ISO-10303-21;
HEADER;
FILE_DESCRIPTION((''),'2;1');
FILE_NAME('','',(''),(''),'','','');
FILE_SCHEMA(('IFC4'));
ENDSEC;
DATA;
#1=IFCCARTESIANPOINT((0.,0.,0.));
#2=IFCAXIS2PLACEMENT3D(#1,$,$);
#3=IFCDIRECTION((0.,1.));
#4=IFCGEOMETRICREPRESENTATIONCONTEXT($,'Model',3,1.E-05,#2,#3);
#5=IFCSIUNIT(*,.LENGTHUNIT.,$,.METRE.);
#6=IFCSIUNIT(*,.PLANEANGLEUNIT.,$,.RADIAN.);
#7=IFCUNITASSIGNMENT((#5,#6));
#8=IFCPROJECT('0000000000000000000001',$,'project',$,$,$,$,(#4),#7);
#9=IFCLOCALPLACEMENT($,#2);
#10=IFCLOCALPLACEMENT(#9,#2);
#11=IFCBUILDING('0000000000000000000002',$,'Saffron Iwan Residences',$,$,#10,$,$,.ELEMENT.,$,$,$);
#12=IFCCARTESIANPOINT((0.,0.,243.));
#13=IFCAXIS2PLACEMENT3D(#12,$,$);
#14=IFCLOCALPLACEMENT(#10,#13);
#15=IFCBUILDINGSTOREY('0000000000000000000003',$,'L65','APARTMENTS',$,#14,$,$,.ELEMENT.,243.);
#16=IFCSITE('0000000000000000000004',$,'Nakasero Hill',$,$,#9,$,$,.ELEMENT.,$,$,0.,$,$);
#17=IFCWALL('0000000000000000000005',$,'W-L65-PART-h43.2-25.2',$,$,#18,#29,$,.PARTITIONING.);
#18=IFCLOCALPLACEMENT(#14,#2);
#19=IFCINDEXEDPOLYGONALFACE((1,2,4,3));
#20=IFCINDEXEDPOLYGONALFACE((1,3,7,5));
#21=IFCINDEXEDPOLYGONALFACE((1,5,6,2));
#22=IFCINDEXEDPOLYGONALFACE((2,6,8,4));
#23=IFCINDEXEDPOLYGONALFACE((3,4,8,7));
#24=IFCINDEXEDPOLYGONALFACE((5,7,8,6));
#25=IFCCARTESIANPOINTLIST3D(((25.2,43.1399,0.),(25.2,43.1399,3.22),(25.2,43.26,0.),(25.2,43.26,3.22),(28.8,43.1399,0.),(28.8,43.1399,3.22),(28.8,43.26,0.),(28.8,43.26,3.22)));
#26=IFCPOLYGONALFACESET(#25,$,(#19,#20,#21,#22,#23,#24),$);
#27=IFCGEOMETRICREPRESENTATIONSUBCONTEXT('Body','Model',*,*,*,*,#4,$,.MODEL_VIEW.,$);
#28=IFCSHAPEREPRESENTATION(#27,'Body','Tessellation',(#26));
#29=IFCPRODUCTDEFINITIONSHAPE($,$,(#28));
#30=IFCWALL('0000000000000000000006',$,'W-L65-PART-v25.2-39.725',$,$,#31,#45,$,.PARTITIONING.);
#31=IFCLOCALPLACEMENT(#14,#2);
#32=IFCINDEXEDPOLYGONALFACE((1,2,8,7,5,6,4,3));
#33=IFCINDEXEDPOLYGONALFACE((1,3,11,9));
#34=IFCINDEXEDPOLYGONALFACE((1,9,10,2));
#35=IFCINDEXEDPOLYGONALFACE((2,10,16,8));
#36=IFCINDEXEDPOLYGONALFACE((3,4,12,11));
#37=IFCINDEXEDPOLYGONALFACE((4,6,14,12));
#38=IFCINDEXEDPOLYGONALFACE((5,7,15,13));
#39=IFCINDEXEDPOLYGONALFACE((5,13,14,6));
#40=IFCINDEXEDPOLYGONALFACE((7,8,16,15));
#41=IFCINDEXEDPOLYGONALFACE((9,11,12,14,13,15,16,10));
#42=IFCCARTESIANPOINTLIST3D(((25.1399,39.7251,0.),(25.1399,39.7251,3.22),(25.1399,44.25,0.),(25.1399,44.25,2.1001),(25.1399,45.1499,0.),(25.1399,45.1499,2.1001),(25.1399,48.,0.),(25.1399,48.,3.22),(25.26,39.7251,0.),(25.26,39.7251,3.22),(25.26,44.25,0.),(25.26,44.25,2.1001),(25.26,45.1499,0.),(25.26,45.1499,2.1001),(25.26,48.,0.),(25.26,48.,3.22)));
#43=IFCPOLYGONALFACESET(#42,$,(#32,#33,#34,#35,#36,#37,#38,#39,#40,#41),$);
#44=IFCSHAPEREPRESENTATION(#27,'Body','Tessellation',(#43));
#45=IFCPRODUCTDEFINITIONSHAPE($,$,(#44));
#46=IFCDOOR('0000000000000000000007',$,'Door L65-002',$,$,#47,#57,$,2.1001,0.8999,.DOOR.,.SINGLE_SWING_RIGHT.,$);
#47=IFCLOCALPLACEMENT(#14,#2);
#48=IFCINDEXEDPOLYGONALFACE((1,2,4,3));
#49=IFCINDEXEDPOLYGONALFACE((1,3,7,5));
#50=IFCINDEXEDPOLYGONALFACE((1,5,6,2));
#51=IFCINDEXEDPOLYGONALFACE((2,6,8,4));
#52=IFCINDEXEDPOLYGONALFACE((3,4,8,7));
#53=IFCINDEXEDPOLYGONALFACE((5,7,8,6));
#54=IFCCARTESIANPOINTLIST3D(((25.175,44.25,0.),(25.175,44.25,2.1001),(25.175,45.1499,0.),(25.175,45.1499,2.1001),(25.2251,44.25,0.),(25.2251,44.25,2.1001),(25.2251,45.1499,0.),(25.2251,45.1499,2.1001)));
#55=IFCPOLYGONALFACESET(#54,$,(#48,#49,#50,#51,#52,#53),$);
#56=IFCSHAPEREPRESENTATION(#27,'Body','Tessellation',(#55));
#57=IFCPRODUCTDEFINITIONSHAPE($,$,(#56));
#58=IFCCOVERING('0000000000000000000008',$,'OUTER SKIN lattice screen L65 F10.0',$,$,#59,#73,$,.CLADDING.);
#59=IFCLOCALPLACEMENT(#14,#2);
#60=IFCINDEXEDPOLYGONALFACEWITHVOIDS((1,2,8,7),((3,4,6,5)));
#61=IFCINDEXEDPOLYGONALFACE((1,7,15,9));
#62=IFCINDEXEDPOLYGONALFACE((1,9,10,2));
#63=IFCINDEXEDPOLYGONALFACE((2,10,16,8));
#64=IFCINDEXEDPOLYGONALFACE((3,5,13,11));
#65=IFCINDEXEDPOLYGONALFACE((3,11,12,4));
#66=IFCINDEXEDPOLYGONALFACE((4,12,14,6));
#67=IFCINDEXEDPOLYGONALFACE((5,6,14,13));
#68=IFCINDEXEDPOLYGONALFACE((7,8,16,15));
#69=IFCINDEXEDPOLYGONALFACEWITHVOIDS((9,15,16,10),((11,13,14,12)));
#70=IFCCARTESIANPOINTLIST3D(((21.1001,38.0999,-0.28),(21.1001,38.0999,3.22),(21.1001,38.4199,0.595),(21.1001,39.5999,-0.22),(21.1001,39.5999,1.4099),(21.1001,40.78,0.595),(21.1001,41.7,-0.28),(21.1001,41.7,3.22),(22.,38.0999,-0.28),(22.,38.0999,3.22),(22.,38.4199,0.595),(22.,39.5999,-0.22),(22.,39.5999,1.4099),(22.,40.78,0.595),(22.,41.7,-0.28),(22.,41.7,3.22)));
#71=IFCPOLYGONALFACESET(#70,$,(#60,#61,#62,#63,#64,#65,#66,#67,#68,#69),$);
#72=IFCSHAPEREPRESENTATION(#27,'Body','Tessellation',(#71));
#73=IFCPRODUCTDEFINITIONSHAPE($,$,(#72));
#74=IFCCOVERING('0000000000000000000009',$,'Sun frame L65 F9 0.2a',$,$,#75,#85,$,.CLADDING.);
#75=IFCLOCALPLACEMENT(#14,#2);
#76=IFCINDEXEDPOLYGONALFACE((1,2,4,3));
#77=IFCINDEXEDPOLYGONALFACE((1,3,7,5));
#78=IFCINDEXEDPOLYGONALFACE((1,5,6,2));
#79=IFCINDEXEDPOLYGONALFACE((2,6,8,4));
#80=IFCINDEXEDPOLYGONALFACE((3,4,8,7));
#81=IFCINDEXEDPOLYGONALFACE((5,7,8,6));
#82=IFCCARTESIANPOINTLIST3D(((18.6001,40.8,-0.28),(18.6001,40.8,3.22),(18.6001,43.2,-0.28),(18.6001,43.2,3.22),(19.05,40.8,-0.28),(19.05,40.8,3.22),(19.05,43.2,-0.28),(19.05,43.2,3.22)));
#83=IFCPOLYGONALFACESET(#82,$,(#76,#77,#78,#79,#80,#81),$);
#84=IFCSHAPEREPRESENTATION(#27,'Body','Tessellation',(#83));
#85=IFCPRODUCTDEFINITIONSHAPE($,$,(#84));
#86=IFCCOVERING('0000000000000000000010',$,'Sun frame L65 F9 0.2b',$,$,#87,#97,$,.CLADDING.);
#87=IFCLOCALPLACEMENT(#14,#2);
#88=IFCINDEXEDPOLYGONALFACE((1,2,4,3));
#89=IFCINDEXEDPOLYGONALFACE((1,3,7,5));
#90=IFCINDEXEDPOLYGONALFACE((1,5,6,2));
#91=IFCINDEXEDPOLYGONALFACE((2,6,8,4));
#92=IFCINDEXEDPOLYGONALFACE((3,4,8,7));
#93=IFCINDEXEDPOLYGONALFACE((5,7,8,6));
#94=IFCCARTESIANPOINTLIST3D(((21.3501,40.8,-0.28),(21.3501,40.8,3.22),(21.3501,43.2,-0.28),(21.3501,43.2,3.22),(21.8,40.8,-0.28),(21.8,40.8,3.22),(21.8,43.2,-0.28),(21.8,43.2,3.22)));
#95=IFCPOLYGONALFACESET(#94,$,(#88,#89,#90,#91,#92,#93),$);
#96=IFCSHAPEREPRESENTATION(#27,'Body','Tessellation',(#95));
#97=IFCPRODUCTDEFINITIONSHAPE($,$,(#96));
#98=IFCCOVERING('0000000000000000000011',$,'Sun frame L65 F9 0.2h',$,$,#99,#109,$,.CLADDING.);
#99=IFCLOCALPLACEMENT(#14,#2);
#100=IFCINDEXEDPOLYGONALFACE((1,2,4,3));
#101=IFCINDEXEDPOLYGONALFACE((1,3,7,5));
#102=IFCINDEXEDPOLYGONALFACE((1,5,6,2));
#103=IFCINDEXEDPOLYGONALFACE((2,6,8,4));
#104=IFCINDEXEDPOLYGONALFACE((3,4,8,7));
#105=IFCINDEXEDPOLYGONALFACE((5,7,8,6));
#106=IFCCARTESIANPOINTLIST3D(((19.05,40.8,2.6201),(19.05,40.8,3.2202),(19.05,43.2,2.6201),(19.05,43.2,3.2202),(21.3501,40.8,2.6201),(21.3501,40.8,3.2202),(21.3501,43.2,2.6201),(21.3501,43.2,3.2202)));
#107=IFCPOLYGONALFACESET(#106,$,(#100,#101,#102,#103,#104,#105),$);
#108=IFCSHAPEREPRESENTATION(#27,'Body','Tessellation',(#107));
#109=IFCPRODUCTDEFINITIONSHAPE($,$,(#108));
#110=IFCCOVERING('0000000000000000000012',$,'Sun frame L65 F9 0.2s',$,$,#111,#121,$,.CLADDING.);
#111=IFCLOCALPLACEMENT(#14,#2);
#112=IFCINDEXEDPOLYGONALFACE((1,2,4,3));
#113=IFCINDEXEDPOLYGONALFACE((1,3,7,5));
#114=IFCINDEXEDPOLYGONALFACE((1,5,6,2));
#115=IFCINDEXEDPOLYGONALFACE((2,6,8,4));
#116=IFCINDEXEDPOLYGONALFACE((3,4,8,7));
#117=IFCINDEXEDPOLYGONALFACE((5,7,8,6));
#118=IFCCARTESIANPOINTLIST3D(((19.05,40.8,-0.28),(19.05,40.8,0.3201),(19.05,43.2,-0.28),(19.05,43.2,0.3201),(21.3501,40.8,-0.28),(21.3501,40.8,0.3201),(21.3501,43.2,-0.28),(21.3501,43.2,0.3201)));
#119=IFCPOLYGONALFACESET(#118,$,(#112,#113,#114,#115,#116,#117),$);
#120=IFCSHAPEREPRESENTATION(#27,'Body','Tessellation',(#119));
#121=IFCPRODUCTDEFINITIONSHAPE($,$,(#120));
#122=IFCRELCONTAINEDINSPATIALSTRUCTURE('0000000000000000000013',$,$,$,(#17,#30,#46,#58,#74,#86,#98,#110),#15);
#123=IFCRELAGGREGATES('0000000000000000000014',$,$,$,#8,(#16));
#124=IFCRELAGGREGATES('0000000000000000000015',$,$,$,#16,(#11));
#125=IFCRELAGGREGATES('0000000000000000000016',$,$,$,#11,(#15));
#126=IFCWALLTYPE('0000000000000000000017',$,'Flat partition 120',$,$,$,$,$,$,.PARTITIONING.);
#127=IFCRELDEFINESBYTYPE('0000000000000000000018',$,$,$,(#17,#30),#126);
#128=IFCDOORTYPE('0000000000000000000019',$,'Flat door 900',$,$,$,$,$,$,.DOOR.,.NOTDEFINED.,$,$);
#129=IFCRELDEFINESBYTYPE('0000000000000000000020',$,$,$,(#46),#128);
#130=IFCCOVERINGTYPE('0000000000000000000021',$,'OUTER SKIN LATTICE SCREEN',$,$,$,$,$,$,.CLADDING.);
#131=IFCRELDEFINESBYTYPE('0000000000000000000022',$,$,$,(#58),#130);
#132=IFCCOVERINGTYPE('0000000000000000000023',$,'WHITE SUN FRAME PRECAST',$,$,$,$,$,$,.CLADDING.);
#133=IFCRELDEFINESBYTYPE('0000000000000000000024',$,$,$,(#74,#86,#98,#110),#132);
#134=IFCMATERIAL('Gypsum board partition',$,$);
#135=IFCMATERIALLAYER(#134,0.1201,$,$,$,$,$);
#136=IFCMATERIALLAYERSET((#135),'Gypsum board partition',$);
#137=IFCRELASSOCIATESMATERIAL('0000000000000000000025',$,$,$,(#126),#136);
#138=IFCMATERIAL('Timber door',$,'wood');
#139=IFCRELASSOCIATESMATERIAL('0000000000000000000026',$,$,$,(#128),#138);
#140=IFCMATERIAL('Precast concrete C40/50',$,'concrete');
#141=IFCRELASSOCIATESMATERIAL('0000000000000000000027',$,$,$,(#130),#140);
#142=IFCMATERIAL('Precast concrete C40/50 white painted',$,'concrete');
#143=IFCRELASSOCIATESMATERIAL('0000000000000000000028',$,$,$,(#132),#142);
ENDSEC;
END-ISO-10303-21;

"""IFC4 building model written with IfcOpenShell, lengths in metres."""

from ifc_helpers import new_model, si_unit, direction, frame, frame_2d, origin, place, context, subcontext, project, spatial, polyline, rectangle, outline, extrude, material, layer, layer_set, type_object, element, fill, save


model = new_model("IFC4")

# Units and contexts
model_context = context("Model", 3, precision=1e-05, world=origin(), true_north=direction((0.0, 1.0)))
body_context = subcontext(model_context, "Body", "Model", "MODEL_VIEW")
ifc_project = project(units=[si_unit("LENGTHUNIT", "METRE"), si_unit("PLANEANGLEUNIT", "RADIAN")], contexts=[model_context])

# Site, building, storey
site_placement = place(None, origin())
site = spatial("IfcSite", under=ifc_project, at=site_placement, Name="Nakasero Hill", CompositionType="ELEMENT", RefElevation=0.0)
building_placement = place(site_placement, origin())
building = spatial("IfcBuilding", under=site, at=building_placement, Name="Saffron Iwan Residences", CompositionType="ELEMENT")
storey_placement = place(building_placement, frame((0.0, 0.0, 243.0)))
storey = spatial("IfcBuildingStorey", under=building, at=storey_placement, Name="L65", Description="APARTMENTS", CompositionType="ELEMENT", Elevation=243.0)

# Wall
ifc_material_1 = material(Name="Gypsum board partition")
ifc_layer_1 = layer(ifc_material_1, 0.1201)
ifc_layer_set_1 = layer_set([ifc_layer_1], Name="Gypsum board partition")
wall_type_1 = type_object("IfcWallType", Name="Flat partition 120", PredefinedType="PARTITIONING", material=ifc_layer_set_1)
wall_1_placement = place(storey_placement, frame((25.2, 43.2, 0.0), z_axis=(0.0, 0.0, 1.0), x_axis=(1.0, 0.0, 0.0)))
element("IfcWall", 1, at=wall_1_placement, inside=storey, type_object=wall_type_1, Name="W-L65-PART-h43.2-25.2", PredefinedType="PARTITIONING", context=body_context, shape_type="SweptSolid", body=[
    extrude(rectangle(XDim=3.6001, YDim=0.1201, at=frame_2d((1.8, 0.0))), origin(), (0.0, 0.0, 1.0), 3.22),
])

# Wall, opening, door
wall_2_placement = place(storey_placement, frame((25.2, 39.7251, 0.0), z_axis=(0.0, 0.0, 1.0), x_axis=(0.0, 1.0, 0.0)))
wall_2 = element("IfcWall", 2, at=wall_2_placement, inside=storey, type_object=wall_type_1, Name="W-L65-PART-v25.2-39.725", PredefinedType="PARTITIONING", context=body_context, shape_type="SweptSolid", body=[
    extrude(rectangle(XDim=8.2749, YDim=0.1201, at=frame_2d((4.1375, 0.0))), origin(), (0.0, 0.0, 1.0), 3.22),
])
opening_1_placement = place(wall_2_placement, frame((4.5249, 0.0, 0.0)))
opening_1 = element("IfcOpeningElement", 3, at=opening_1_placement, cuts=wall_2, PredefinedType="OPENING", context=body_context, shape_type="SweptSolid", body=[
    extrude(rectangle(XDim=0.8999, YDim=2.1001, at=frame_2d((0.45, 1.05))), frame((0.0, 0.0701, 0.0), z_axis=(0.0, -1.0, 0.0), x_axis=(1.0, 0.0, 0.0)), (0.0, 0.0, 1.0), 0.1401),
])
ifc_material_2 = material(Name="Timber door", Category="wood")
door_type_1 = type_object("IfcDoorType", Name="Flat door 900", OperationType="NOTDEFINED", PredefinedType="DOOR", material=ifc_material_2)
door_1_placement = place(opening_1_placement, origin())
door_1 = element("IfcDoor", 4, at=door_1_placement, inside=storey, type_object=door_type_1, Name="Door L65-002", OperationType="SINGLE_SWING_RIGHT", OverallHeight=2.1001, OverallWidth=0.8999, PredefinedType="DOOR", context=body_context, shape_type="SweptSolid", body=[
    extrude(rectangle(XDim=0.8999, YDim=2.1001, at=frame_2d((0.45, 1.05))), frame((0.0, 0.0249, 0.0), z_axis=(0.0, -1.0, 0.0), x_axis=(1.0, 0.0, 0.0)), (0.0, 0.0, 1.0), 0.05),
])
fill(opening_1, door_1)

# Coverings
ifc_material_3 = material(Name="Precast concrete C40/50", Category="concrete")
covering_type_1 = type_object("IfcCoveringType", Name="OUTER SKIN LATTICE SCREEN", PredefinedType="CLADDING", material=ifc_material_3)
covering_placement = place(storey_placement, frame((22.0, 41.7, -0.28), z_axis=(-1.0, 0.0, 0.0), x_axis=(0.0, -1.0, 0.0)))
element("IfcCovering", 5, at=covering_placement, inside=storey, type_object=covering_type_1, Name="OUTER SKIN lattice screen L65 F10.0", PredefinedType="CLADDING", context=body_context, shape_type="SweptSolid", body=[
    extrude(outline(polyline([(0.0, 0.0), (3.6001, 0.0), (3.6001, 3.5), (0.0, 3.5), (0.0, 0.0)]), holes=[polyline([(0.9199, 0.875), (2.1001, 0.0601), (3.28, 0.875), (2.1001, 1.6899), (0.9199, 0.875)])]), origin(), (0.0, 0.0, 1.0), 0.8999),
])
ifc_material_4 = material(Name="Precast concrete C40/50 white painted", Category="concrete")
covering_type_2 = type_object("IfcCoveringType", Name="WHITE SUN FRAME PRECAST", PredefinedType="CLADDING", material=ifc_material_4)
for number, where, z_axis, x_axis, name in (
    (6, (18.6001, 43.2, -0.28), (0.0, -1.0, 0.0), (1.0, 0.0, 0.0), "Sun frame L65 F9 0.2a"),
    (7, (21.3501, 43.2, -0.28), (0.0, -1.0, 0.0), (1.0, 0.0, 0.0), "Sun frame L65 F9 0.2b"),
):
    element("IfcCovering", number, at=place(storey_placement, frame(where, z_axis=z_axis, x_axis=x_axis)), inside=storey, type_object=covering_type_2, Name=name, PredefinedType="CLADDING", context=body_context, shape_type="SweptSolid", body=[
        extrude(outline(polyline([(0.0, 0.0), (0.45, 0.0), (0.45, 3.5), (0.0, 3.5), (0.0, 0.0)])), origin(), (0.0, 0.0, 1.0), 2.3999),
    ])
for number, where, z_axis, x_axis, name in (
    (8, (19.05, 43.2, 2.6201), (0.0, -1.0, 0.0), (1.0, 0.0, 0.0), "Sun frame L65 F9 0.2h"),
    (9, (19.05, 43.2, -0.28), (0.0, -1.0, 0.0), (1.0, 0.0, 0.0), "Sun frame L65 F9 0.2s"),
):
    element("IfcCovering", number, at=place(storey_placement, frame(where, z_axis=z_axis, x_axis=x_axis)), inside=storey, type_object=covering_type_2, Name=name, PredefinedType="CLADDING", context=body_context, shape_type="SweptSolid", body=[
        extrude(outline(polyline([(0.0, 0.0), (2.3, 0.0), (2.3, 0.6001), (0.0, 0.6001), (0.0, 0.0)])), origin(), (0.0, 0.0, 1.0), 2.3999),
    ])

save(model, "model.ifc")
